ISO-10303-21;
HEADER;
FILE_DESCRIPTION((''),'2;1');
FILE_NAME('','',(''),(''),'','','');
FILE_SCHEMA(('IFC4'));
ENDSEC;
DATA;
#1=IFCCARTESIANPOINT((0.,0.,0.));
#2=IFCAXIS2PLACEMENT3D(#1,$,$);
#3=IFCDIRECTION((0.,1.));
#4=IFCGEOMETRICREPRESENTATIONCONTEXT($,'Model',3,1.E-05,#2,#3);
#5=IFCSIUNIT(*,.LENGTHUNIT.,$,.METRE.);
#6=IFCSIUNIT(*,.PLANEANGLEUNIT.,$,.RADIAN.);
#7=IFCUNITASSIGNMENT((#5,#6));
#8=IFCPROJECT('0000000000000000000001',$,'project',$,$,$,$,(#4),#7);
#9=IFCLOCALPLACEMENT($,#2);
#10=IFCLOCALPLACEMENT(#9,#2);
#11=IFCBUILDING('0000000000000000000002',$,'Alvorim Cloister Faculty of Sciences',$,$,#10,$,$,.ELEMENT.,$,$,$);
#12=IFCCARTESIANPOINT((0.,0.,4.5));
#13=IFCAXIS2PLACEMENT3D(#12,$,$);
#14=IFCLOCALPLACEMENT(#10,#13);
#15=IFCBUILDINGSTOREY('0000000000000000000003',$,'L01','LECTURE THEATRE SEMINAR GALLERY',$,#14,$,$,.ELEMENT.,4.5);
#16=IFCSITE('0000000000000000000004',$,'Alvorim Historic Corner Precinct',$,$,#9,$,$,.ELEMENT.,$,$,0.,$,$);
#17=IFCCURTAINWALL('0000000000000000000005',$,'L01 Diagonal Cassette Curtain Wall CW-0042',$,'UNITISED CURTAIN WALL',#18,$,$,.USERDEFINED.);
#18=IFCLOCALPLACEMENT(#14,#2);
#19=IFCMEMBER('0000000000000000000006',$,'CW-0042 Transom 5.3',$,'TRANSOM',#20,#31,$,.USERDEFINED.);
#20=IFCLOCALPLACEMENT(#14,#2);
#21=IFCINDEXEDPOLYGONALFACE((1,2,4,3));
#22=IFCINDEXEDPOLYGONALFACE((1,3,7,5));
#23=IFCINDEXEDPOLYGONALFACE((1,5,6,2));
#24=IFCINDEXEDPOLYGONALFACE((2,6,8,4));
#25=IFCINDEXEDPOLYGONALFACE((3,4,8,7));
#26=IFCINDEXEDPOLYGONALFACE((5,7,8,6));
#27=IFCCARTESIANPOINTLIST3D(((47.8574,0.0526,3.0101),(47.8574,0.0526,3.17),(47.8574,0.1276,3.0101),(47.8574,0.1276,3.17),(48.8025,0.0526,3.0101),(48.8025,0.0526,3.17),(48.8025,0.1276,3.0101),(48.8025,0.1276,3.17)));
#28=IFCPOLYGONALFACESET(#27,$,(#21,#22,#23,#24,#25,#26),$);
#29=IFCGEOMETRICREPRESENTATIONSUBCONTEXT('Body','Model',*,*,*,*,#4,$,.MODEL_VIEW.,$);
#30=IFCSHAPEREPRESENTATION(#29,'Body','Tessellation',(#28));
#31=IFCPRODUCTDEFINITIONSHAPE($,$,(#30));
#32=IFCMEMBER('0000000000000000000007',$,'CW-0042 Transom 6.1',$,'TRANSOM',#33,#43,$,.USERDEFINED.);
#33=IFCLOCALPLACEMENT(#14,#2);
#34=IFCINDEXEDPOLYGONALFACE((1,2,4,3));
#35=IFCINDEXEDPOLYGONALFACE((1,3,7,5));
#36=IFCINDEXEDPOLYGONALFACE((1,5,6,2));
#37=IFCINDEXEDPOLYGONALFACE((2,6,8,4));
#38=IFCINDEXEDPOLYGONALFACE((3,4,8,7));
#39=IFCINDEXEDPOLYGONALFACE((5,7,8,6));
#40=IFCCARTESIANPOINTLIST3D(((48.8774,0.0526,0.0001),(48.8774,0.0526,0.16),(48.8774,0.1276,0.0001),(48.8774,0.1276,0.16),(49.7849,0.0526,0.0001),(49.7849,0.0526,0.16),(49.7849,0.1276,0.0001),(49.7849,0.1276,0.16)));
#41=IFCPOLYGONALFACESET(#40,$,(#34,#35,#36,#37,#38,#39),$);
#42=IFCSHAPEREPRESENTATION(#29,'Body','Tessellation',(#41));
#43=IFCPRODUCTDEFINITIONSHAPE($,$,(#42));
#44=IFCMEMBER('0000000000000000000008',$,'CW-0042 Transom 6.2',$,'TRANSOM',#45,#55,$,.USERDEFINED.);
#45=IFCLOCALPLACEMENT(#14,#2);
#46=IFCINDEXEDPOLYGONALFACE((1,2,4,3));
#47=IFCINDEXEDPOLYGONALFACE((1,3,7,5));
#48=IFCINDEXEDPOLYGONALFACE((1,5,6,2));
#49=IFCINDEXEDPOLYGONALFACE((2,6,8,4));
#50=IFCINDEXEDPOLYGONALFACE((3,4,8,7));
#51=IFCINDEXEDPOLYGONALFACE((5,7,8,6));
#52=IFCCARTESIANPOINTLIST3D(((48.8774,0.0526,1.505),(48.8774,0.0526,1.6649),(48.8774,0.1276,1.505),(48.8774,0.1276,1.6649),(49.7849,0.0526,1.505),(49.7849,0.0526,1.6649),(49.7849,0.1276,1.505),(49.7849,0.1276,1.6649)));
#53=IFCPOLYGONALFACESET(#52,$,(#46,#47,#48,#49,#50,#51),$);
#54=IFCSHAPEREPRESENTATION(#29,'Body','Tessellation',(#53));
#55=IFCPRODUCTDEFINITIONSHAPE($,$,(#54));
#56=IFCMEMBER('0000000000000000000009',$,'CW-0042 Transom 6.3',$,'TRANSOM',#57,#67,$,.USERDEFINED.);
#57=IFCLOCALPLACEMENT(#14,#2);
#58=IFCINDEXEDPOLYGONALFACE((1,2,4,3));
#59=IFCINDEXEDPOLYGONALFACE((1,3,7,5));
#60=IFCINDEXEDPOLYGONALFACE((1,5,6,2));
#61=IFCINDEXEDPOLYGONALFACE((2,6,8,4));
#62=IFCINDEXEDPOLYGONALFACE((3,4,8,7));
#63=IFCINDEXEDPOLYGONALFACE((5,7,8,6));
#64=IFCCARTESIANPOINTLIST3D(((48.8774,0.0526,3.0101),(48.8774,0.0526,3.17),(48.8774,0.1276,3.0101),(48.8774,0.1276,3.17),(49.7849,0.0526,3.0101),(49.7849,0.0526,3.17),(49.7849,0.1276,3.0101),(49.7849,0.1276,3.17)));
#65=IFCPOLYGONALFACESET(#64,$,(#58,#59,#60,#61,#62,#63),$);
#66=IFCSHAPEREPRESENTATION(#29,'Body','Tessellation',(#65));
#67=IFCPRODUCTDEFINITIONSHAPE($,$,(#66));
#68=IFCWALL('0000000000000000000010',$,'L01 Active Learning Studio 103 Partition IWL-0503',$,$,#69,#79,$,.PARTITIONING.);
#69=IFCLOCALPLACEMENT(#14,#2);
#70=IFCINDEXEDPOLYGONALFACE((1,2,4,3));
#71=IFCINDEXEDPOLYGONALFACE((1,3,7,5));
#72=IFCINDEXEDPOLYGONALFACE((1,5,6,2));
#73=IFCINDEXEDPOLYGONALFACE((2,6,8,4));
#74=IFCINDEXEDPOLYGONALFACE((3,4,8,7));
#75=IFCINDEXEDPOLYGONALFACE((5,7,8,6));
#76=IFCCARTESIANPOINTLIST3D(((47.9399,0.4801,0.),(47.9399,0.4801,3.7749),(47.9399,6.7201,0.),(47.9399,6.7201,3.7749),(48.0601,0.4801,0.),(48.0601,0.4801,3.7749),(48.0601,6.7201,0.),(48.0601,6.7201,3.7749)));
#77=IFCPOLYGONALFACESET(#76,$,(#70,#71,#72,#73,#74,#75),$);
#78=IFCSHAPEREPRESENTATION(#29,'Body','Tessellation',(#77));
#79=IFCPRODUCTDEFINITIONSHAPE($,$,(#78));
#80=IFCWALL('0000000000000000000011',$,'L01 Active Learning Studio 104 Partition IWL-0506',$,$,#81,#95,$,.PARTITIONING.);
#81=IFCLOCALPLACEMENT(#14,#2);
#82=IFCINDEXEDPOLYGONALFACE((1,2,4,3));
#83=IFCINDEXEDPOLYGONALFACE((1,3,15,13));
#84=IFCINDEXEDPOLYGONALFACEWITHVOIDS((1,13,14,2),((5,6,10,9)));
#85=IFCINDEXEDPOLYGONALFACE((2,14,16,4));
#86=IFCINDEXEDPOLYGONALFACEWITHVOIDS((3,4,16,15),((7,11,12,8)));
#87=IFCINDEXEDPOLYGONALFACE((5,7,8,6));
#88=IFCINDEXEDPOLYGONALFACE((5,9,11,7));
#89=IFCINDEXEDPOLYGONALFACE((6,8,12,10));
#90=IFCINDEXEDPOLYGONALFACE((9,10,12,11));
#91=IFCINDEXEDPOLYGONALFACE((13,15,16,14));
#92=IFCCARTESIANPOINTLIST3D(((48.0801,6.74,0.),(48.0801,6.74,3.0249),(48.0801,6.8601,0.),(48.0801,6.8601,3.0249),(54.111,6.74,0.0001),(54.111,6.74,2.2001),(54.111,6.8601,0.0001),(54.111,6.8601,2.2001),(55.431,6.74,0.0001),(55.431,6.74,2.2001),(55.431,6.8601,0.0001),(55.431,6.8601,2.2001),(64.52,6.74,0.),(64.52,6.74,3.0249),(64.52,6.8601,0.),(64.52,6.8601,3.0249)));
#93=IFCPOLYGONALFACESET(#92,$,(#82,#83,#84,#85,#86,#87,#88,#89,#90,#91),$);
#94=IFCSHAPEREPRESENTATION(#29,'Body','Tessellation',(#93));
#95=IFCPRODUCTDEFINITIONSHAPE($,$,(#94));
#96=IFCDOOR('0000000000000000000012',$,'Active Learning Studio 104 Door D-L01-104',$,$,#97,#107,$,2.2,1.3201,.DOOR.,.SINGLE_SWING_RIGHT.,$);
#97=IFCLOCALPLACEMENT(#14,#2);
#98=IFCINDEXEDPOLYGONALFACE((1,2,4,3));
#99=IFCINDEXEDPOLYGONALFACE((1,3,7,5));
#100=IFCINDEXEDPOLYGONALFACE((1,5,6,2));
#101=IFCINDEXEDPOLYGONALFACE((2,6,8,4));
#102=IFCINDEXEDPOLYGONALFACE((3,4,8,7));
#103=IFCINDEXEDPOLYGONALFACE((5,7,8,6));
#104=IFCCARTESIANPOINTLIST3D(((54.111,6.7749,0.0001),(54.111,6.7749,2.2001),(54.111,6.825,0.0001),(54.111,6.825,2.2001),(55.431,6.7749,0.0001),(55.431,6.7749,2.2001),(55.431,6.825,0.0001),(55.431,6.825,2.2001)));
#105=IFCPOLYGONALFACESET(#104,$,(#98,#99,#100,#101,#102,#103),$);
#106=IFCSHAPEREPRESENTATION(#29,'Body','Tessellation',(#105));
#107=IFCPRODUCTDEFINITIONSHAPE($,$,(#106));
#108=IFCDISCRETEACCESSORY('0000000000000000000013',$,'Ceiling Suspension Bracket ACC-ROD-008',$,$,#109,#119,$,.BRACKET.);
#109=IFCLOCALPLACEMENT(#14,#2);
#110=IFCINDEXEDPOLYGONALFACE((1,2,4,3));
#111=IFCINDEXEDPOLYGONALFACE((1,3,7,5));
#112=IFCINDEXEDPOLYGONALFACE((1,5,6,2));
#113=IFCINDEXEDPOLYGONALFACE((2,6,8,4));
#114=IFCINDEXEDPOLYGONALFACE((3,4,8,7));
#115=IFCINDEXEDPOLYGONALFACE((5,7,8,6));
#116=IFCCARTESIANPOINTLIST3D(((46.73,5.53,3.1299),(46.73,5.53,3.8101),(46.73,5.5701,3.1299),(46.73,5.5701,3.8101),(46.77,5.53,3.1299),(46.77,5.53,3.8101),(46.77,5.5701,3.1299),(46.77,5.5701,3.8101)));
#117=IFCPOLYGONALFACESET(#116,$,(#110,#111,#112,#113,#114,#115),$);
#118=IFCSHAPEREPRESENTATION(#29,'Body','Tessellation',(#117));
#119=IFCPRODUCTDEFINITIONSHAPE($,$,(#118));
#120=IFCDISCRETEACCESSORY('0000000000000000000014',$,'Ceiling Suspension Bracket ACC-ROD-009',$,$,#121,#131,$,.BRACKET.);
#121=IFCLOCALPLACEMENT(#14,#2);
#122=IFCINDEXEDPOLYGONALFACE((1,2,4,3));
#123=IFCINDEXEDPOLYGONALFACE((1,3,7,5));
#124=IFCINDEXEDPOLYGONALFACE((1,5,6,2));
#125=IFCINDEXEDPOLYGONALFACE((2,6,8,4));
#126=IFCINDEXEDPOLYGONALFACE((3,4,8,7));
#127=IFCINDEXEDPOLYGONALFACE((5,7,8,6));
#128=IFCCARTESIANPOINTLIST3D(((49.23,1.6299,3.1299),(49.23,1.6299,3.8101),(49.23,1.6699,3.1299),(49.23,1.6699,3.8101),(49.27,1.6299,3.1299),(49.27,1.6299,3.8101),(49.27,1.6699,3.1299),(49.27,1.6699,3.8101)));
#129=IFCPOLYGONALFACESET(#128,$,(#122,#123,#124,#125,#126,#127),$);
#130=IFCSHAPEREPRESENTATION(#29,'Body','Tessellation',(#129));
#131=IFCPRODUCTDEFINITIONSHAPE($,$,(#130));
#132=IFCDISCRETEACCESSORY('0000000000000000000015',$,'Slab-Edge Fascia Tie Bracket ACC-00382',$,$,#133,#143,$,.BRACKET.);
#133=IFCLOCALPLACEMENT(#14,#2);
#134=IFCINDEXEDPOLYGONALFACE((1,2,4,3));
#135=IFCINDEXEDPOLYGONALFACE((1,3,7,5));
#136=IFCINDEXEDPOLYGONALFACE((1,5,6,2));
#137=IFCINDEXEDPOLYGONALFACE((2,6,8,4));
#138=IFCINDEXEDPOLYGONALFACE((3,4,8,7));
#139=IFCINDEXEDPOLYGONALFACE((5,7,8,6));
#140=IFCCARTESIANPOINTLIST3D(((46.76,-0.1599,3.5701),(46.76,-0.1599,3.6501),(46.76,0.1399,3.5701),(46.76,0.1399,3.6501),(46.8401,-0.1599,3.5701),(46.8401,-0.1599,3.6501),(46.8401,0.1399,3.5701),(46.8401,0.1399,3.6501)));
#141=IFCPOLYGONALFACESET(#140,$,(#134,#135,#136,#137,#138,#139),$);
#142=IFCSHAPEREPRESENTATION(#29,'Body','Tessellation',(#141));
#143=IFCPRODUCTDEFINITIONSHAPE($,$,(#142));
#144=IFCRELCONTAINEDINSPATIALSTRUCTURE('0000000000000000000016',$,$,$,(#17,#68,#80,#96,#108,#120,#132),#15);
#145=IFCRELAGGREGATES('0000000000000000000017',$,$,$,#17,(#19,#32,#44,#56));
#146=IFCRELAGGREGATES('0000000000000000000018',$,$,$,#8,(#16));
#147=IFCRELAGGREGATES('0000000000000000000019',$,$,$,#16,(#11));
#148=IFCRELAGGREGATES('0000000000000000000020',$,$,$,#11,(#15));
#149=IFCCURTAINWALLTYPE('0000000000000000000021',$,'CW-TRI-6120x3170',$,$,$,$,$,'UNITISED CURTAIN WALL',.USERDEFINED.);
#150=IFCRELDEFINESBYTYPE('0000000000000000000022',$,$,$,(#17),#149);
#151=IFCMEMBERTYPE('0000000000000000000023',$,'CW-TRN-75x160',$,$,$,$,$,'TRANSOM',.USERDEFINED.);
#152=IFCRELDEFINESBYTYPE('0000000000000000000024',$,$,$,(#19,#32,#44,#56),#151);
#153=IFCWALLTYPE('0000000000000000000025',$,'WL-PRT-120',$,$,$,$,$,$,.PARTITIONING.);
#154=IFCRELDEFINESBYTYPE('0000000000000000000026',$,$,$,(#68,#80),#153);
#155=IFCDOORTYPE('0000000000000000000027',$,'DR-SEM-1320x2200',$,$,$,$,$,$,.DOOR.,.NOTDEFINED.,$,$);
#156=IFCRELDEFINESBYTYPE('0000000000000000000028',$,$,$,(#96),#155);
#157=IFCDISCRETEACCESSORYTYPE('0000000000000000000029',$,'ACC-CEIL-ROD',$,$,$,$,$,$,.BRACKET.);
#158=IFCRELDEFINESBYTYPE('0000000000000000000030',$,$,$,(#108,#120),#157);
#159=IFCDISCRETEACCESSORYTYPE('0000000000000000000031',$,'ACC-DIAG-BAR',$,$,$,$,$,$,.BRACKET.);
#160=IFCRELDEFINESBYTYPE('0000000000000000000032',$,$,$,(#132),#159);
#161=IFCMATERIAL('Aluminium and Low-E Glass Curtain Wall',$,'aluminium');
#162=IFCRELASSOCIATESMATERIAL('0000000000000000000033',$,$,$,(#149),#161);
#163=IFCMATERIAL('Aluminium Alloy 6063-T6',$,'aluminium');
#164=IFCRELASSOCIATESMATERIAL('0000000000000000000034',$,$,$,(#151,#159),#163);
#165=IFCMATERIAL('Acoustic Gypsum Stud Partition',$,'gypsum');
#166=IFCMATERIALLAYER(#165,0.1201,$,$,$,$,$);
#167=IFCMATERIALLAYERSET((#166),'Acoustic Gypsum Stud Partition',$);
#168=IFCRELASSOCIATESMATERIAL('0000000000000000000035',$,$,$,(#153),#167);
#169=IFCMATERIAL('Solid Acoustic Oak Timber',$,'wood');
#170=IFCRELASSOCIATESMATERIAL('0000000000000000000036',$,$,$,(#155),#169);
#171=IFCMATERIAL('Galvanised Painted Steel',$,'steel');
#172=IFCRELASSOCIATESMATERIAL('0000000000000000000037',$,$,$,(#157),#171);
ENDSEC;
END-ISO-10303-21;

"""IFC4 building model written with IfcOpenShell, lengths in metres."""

from ifc_helpers import new_model, si_unit, direction, frame, frame_2d, origin, origin_2d, place, context, subcontext, project, spatial, rectangle, extrude, material, layer, layer_set, material_profile, profile_set, type_object, element, fill, aggregate, save


model = new_model("IFC4")

# Units and contexts
model_context = context("Model", 3, precision=1e-05, world=origin(), true_north=direction((0.0, 1.0)))
body_context = subcontext(model_context, "Body", "Model", "MODEL_VIEW")
ifc_project = project(units=[si_unit("LENGTHUNIT", "METRE"), si_unit("PLANEANGLEUNIT", "RADIAN")], contexts=[model_context])

# Site, building, storey
site_placement = place(None, origin())
site = spatial("IfcSite", under=ifc_project, at=site_placement, Name="Alvorim Historic Corner Precinct", CompositionType="ELEMENT", RefElevation=0.0)
building_placement = place(site_placement, origin())
building = spatial("IfcBuilding", under=site, at=building_placement, Name="Alvorim Cloister Faculty of Sciences", CompositionType="ELEMENT")
storey_placement = place(building_placement, frame((0.0, 0.0, 4.5)))
storey = spatial("IfcBuildingStorey", under=building, at=storey_placement, Name="L01", Description="LECTURE THEATRE SEMINAR GALLERY", CompositionType="ELEMENT", Elevation=4.5)

# Curtain wall, members
ifc_material_1 = material(Name="Aluminium and Low-E Glass Curtain Wall", Category="aluminium")
curtain_wall_type = type_object("IfcCurtainWallType", Name="CW-TRI-6120x3170", ElementType="UNITISED CURTAIN WALL", PredefinedType="USERDEFINED", material=ifc_material_1)
curtain_wall_placement = place(storey_placement, origin())
curtain_wall = element("IfcCurtainWall", 1, at=curtain_wall_placement, inside=storey, type_object=curtain_wall_type, Name="L01 Diagonal Cassette Curtain Wall CW-0042", ObjectType="UNITISED CURTAIN WALL", PredefinedType="USERDEFINED")
ifc_material_2 = material(Name="Aluminium Alloy 6063-T6", Category="aluminium")
ifc_material_profile_1 = material_profile(ifc_material_2, rectangle(XDim=0.075, YDim=0.1599, at=origin_2d()), Name="ALU-TRN-75x160")
ifc_profile_set_1 = profile_set([ifc_material_profile_1], Name="Aluminium Alloy 6063-T6")
member_type_1 = type_object("IfcMemberType", Name="CW-TRN-75x160", ElementType="TRANSOM", PredefinedType="USERDEFINED", material=ifc_profile_set_1)
member_1_placement = place(storey_placement, frame((47.8574, 0.0901, 3.0901), z_axis=(1.0, 0.0, 0.0), x_axis=(0.0, 1.0, 0.0)))
member_1 = element("IfcMember", 2, at=member_1_placement, type_object=member_type_1, Name="CW-0042 Transom 5.3", ObjectType="TRANSOM", PredefinedType="USERDEFINED", context=body_context, shape_type="SweptSolid", body=[
    extrude(rectangle(XDim=0.075, YDim=0.1599, at=origin_2d()), origin(), (0.0, 0.0, 1.0), 0.9451),
])
member_2_placement = place(storey_placement, frame((48.8774, 0.0901, 0.0801), z_axis=(1.0, 0.0, 0.0), x_axis=(0.0, 1.0, 0.0)))
member_2 = element("IfcMember", 3, at=member_2_placement, type_object=member_type_1, Name="CW-0042 Transom 6.1", ObjectType="TRANSOM", PredefinedType="USERDEFINED", context=body_context, shape_type="SweptSolid", body=[
    extrude(rectangle(XDim=0.075, YDim=0.1599, at=origin_2d()), origin(), (0.0, 0.0, 1.0), 0.9075),
])
member_3_placement = place(storey_placement, frame((48.8774, 0.0901, 1.585), z_axis=(1.0, 0.0, 0.0), x_axis=(0.0, 1.0, 0.0)))
member_3 = element("IfcMember", 4, at=member_3_placement, type_object=member_type_1, Name="CW-0042 Transom 6.2", ObjectType="TRANSOM", PredefinedType="USERDEFINED", context=body_context, shape_type="SweptSolid", body=[
    extrude(rectangle(XDim=0.075, YDim=0.1599, at=origin_2d()), origin(), (0.0, 0.0, 1.0), 0.9075),
])
member_4_placement = place(storey_placement, frame((48.8774, 0.0901, 3.0901), z_axis=(1.0, 0.0, 0.0), x_axis=(0.0, 1.0, 0.0)))
member_4 = element("IfcMember", 5, at=member_4_placement, type_object=member_type_1, Name="CW-0042 Transom 6.3", ObjectType="TRANSOM", PredefinedType="USERDEFINED", context=body_context, shape_type="SweptSolid", body=[
    extrude(rectangle(XDim=0.075, YDim=0.1599, at=origin_2d()), origin(), (0.0, 0.0, 1.0), 0.9075),
])
aggregate(curtain_wall, [member_1, member_2, member_3, member_4])

# Wall
ifc_material_3 = material(Name="Acoustic Gypsum Stud Partition", Category="gypsum")
ifc_layer = layer(ifc_material_3, 0.1201)
ifc_layer_set = layer_set([ifc_layer], Name="Acoustic Gypsum Stud Partition")
wall_type = type_object("IfcWallType", Name="WL-PRT-120", PredefinedType="PARTITIONING", material=ifc_layer_set)
wall_1_placement = place(storey_placement, frame((48.0, 0.48, 0.0), z_axis=(0.0, 0.0, 1.0), x_axis=(0.0, 1.0, 0.0)))
element("IfcWall", 6, at=wall_1_placement, inside=storey, type_object=wall_type, Name="L01 Active Learning Studio 103 Partition IWL-0503", PredefinedType="PARTITIONING", context=body_context, shape_type="SweptSolid", body=[
    extrude(rectangle(XDim=6.24, YDim=0.1201, at=frame_2d((3.1201, 0.0))), origin(), (0.0, 0.0, 1.0), 3.7749),
])

# Wall, opening, door
wall_2_placement = place(storey_placement, frame((48.0801, 6.8, 0.0), z_axis=(0.0, 0.0, 1.0), x_axis=(1.0, 0.0, 0.0)))
wall_2 = element("IfcWall", 7, at=wall_2_placement, inside=storey, type_object=wall_type, Name="L01 Active Learning Studio 104 Partition IWL-0506", PredefinedType="PARTITIONING", context=body_context, shape_type="SweptSolid", body=[
    extrude(rectangle(XDim=16.4399, YDim=0.1201, at=frame_2d((8.22, 0.0))), origin(), (0.0, 0.0, 1.0), 3.0249),
])
opening_placement = place(wall_2_placement, frame((6.0308, 0.0, 0.0)))
opening = element("IfcOpeningElement", 8, at=opening_placement, cuts=wall_2, PredefinedType="OPENING", context=body_context, shape_type="SweptSolid", body=[
    extrude(rectangle(XDim=1.3201, YDim=2.2, at=frame_2d((0.6602, 1.1001))), frame((0.0, 0.072, 0.0), z_axis=(0.0, -1.0, 0.0), x_axis=(1.0, 0.0, 0.0)), (0.0, 0.0, 1.0), 0.144),
])
ifc_material_4 = material(Name="Solid Acoustic Oak Timber", Category="wood")
door_type = type_object("IfcDoorType", Name="DR-SEM-1320x2200", OperationType="NOTDEFINED", PredefinedType="DOOR", material=ifc_material_4)
door_placement = place(opening_placement, origin())
door = element("IfcDoor", 9, at=door_placement, inside=storey, type_object=door_type, Name="Active Learning Studio 104 Door D-L01-104", OperationType="SINGLE_SWING_RIGHT", OverallHeight=2.2, OverallWidth=1.3201, PredefinedType="DOOR", context=body_context, shape_type="SweptSolid", body=[
    extrude(rectangle(XDim=1.3201, YDim=2.2, at=frame_2d((0.6602, 1.1001))), frame((0.0, 0.0249, 0.0), z_axis=(0.0, -1.0, 0.0), x_axis=(1.0, 0.0, 0.0)), (0.0, 0.0, 1.0), 0.05),
])
fill(opening, door)

# Discrete accessories
ifc_material_5 = material(Name="Galvanised Painted Steel", Category="steel")
discrete_accessory_type_1 = type_object("IfcDiscreteAccessoryType", Name="ACC-CEIL-ROD", PredefinedType="BRACKET", material=ifc_material_5)
for number, where, z_axis, x_axis, name in (
    (10, (46.75, 5.55, 3.1299), (0.0, 0.0, 1.0), (1.0, 0.0, 0.0), "Ceiling Suspension Bracket ACC-ROD-008"),
    (11, (49.25, 1.6499, 3.1299), (0.0, 0.0, 1.0), (1.0, 0.0, 0.0), "Ceiling Suspension Bracket ACC-ROD-009"),
):
    element("IfcDiscreteAccessory", number, at=place(storey_placement, frame(where, z_axis=z_axis, x_axis=x_axis)), inside=storey, type_object=discrete_accessory_type_1, Name=name, PredefinedType="BRACKET", context=body_context, shape_type="SweptSolid", body=[
        extrude(rectangle(XDim=0.04, YDim=0.04, at=origin_2d()), origin(), (0.0, 0.0, 1.0), 0.6802),
    ])
discrete_accessory_type_2 = type_object("IfcDiscreteAccessoryType", Name="ACC-DIAG-BAR", PredefinedType="BRACKET", material=ifc_material_2)
discrete_accessory_placement = place(storey_placement, frame((46.8, 0.1399, 3.6101), z_axis=(0.0, -1.0, 0.0), x_axis=(1.0, 0.0, 0.0)))
element("IfcDiscreteAccessory", 12, at=discrete_accessory_placement, inside=storey, type_object=discrete_accessory_type_2, Name="Slab-Edge Fascia Tie Bracket ACC-00382", PredefinedType="BRACKET", context=body_context, shape_type="SweptSolid", body=[
    extrude(rectangle(XDim=0.0801, YDim=0.0801, at=origin_2d()), origin(), (0.0, 0.0, 1.0), 0.2998),
])

save(model, "model.ifc")
